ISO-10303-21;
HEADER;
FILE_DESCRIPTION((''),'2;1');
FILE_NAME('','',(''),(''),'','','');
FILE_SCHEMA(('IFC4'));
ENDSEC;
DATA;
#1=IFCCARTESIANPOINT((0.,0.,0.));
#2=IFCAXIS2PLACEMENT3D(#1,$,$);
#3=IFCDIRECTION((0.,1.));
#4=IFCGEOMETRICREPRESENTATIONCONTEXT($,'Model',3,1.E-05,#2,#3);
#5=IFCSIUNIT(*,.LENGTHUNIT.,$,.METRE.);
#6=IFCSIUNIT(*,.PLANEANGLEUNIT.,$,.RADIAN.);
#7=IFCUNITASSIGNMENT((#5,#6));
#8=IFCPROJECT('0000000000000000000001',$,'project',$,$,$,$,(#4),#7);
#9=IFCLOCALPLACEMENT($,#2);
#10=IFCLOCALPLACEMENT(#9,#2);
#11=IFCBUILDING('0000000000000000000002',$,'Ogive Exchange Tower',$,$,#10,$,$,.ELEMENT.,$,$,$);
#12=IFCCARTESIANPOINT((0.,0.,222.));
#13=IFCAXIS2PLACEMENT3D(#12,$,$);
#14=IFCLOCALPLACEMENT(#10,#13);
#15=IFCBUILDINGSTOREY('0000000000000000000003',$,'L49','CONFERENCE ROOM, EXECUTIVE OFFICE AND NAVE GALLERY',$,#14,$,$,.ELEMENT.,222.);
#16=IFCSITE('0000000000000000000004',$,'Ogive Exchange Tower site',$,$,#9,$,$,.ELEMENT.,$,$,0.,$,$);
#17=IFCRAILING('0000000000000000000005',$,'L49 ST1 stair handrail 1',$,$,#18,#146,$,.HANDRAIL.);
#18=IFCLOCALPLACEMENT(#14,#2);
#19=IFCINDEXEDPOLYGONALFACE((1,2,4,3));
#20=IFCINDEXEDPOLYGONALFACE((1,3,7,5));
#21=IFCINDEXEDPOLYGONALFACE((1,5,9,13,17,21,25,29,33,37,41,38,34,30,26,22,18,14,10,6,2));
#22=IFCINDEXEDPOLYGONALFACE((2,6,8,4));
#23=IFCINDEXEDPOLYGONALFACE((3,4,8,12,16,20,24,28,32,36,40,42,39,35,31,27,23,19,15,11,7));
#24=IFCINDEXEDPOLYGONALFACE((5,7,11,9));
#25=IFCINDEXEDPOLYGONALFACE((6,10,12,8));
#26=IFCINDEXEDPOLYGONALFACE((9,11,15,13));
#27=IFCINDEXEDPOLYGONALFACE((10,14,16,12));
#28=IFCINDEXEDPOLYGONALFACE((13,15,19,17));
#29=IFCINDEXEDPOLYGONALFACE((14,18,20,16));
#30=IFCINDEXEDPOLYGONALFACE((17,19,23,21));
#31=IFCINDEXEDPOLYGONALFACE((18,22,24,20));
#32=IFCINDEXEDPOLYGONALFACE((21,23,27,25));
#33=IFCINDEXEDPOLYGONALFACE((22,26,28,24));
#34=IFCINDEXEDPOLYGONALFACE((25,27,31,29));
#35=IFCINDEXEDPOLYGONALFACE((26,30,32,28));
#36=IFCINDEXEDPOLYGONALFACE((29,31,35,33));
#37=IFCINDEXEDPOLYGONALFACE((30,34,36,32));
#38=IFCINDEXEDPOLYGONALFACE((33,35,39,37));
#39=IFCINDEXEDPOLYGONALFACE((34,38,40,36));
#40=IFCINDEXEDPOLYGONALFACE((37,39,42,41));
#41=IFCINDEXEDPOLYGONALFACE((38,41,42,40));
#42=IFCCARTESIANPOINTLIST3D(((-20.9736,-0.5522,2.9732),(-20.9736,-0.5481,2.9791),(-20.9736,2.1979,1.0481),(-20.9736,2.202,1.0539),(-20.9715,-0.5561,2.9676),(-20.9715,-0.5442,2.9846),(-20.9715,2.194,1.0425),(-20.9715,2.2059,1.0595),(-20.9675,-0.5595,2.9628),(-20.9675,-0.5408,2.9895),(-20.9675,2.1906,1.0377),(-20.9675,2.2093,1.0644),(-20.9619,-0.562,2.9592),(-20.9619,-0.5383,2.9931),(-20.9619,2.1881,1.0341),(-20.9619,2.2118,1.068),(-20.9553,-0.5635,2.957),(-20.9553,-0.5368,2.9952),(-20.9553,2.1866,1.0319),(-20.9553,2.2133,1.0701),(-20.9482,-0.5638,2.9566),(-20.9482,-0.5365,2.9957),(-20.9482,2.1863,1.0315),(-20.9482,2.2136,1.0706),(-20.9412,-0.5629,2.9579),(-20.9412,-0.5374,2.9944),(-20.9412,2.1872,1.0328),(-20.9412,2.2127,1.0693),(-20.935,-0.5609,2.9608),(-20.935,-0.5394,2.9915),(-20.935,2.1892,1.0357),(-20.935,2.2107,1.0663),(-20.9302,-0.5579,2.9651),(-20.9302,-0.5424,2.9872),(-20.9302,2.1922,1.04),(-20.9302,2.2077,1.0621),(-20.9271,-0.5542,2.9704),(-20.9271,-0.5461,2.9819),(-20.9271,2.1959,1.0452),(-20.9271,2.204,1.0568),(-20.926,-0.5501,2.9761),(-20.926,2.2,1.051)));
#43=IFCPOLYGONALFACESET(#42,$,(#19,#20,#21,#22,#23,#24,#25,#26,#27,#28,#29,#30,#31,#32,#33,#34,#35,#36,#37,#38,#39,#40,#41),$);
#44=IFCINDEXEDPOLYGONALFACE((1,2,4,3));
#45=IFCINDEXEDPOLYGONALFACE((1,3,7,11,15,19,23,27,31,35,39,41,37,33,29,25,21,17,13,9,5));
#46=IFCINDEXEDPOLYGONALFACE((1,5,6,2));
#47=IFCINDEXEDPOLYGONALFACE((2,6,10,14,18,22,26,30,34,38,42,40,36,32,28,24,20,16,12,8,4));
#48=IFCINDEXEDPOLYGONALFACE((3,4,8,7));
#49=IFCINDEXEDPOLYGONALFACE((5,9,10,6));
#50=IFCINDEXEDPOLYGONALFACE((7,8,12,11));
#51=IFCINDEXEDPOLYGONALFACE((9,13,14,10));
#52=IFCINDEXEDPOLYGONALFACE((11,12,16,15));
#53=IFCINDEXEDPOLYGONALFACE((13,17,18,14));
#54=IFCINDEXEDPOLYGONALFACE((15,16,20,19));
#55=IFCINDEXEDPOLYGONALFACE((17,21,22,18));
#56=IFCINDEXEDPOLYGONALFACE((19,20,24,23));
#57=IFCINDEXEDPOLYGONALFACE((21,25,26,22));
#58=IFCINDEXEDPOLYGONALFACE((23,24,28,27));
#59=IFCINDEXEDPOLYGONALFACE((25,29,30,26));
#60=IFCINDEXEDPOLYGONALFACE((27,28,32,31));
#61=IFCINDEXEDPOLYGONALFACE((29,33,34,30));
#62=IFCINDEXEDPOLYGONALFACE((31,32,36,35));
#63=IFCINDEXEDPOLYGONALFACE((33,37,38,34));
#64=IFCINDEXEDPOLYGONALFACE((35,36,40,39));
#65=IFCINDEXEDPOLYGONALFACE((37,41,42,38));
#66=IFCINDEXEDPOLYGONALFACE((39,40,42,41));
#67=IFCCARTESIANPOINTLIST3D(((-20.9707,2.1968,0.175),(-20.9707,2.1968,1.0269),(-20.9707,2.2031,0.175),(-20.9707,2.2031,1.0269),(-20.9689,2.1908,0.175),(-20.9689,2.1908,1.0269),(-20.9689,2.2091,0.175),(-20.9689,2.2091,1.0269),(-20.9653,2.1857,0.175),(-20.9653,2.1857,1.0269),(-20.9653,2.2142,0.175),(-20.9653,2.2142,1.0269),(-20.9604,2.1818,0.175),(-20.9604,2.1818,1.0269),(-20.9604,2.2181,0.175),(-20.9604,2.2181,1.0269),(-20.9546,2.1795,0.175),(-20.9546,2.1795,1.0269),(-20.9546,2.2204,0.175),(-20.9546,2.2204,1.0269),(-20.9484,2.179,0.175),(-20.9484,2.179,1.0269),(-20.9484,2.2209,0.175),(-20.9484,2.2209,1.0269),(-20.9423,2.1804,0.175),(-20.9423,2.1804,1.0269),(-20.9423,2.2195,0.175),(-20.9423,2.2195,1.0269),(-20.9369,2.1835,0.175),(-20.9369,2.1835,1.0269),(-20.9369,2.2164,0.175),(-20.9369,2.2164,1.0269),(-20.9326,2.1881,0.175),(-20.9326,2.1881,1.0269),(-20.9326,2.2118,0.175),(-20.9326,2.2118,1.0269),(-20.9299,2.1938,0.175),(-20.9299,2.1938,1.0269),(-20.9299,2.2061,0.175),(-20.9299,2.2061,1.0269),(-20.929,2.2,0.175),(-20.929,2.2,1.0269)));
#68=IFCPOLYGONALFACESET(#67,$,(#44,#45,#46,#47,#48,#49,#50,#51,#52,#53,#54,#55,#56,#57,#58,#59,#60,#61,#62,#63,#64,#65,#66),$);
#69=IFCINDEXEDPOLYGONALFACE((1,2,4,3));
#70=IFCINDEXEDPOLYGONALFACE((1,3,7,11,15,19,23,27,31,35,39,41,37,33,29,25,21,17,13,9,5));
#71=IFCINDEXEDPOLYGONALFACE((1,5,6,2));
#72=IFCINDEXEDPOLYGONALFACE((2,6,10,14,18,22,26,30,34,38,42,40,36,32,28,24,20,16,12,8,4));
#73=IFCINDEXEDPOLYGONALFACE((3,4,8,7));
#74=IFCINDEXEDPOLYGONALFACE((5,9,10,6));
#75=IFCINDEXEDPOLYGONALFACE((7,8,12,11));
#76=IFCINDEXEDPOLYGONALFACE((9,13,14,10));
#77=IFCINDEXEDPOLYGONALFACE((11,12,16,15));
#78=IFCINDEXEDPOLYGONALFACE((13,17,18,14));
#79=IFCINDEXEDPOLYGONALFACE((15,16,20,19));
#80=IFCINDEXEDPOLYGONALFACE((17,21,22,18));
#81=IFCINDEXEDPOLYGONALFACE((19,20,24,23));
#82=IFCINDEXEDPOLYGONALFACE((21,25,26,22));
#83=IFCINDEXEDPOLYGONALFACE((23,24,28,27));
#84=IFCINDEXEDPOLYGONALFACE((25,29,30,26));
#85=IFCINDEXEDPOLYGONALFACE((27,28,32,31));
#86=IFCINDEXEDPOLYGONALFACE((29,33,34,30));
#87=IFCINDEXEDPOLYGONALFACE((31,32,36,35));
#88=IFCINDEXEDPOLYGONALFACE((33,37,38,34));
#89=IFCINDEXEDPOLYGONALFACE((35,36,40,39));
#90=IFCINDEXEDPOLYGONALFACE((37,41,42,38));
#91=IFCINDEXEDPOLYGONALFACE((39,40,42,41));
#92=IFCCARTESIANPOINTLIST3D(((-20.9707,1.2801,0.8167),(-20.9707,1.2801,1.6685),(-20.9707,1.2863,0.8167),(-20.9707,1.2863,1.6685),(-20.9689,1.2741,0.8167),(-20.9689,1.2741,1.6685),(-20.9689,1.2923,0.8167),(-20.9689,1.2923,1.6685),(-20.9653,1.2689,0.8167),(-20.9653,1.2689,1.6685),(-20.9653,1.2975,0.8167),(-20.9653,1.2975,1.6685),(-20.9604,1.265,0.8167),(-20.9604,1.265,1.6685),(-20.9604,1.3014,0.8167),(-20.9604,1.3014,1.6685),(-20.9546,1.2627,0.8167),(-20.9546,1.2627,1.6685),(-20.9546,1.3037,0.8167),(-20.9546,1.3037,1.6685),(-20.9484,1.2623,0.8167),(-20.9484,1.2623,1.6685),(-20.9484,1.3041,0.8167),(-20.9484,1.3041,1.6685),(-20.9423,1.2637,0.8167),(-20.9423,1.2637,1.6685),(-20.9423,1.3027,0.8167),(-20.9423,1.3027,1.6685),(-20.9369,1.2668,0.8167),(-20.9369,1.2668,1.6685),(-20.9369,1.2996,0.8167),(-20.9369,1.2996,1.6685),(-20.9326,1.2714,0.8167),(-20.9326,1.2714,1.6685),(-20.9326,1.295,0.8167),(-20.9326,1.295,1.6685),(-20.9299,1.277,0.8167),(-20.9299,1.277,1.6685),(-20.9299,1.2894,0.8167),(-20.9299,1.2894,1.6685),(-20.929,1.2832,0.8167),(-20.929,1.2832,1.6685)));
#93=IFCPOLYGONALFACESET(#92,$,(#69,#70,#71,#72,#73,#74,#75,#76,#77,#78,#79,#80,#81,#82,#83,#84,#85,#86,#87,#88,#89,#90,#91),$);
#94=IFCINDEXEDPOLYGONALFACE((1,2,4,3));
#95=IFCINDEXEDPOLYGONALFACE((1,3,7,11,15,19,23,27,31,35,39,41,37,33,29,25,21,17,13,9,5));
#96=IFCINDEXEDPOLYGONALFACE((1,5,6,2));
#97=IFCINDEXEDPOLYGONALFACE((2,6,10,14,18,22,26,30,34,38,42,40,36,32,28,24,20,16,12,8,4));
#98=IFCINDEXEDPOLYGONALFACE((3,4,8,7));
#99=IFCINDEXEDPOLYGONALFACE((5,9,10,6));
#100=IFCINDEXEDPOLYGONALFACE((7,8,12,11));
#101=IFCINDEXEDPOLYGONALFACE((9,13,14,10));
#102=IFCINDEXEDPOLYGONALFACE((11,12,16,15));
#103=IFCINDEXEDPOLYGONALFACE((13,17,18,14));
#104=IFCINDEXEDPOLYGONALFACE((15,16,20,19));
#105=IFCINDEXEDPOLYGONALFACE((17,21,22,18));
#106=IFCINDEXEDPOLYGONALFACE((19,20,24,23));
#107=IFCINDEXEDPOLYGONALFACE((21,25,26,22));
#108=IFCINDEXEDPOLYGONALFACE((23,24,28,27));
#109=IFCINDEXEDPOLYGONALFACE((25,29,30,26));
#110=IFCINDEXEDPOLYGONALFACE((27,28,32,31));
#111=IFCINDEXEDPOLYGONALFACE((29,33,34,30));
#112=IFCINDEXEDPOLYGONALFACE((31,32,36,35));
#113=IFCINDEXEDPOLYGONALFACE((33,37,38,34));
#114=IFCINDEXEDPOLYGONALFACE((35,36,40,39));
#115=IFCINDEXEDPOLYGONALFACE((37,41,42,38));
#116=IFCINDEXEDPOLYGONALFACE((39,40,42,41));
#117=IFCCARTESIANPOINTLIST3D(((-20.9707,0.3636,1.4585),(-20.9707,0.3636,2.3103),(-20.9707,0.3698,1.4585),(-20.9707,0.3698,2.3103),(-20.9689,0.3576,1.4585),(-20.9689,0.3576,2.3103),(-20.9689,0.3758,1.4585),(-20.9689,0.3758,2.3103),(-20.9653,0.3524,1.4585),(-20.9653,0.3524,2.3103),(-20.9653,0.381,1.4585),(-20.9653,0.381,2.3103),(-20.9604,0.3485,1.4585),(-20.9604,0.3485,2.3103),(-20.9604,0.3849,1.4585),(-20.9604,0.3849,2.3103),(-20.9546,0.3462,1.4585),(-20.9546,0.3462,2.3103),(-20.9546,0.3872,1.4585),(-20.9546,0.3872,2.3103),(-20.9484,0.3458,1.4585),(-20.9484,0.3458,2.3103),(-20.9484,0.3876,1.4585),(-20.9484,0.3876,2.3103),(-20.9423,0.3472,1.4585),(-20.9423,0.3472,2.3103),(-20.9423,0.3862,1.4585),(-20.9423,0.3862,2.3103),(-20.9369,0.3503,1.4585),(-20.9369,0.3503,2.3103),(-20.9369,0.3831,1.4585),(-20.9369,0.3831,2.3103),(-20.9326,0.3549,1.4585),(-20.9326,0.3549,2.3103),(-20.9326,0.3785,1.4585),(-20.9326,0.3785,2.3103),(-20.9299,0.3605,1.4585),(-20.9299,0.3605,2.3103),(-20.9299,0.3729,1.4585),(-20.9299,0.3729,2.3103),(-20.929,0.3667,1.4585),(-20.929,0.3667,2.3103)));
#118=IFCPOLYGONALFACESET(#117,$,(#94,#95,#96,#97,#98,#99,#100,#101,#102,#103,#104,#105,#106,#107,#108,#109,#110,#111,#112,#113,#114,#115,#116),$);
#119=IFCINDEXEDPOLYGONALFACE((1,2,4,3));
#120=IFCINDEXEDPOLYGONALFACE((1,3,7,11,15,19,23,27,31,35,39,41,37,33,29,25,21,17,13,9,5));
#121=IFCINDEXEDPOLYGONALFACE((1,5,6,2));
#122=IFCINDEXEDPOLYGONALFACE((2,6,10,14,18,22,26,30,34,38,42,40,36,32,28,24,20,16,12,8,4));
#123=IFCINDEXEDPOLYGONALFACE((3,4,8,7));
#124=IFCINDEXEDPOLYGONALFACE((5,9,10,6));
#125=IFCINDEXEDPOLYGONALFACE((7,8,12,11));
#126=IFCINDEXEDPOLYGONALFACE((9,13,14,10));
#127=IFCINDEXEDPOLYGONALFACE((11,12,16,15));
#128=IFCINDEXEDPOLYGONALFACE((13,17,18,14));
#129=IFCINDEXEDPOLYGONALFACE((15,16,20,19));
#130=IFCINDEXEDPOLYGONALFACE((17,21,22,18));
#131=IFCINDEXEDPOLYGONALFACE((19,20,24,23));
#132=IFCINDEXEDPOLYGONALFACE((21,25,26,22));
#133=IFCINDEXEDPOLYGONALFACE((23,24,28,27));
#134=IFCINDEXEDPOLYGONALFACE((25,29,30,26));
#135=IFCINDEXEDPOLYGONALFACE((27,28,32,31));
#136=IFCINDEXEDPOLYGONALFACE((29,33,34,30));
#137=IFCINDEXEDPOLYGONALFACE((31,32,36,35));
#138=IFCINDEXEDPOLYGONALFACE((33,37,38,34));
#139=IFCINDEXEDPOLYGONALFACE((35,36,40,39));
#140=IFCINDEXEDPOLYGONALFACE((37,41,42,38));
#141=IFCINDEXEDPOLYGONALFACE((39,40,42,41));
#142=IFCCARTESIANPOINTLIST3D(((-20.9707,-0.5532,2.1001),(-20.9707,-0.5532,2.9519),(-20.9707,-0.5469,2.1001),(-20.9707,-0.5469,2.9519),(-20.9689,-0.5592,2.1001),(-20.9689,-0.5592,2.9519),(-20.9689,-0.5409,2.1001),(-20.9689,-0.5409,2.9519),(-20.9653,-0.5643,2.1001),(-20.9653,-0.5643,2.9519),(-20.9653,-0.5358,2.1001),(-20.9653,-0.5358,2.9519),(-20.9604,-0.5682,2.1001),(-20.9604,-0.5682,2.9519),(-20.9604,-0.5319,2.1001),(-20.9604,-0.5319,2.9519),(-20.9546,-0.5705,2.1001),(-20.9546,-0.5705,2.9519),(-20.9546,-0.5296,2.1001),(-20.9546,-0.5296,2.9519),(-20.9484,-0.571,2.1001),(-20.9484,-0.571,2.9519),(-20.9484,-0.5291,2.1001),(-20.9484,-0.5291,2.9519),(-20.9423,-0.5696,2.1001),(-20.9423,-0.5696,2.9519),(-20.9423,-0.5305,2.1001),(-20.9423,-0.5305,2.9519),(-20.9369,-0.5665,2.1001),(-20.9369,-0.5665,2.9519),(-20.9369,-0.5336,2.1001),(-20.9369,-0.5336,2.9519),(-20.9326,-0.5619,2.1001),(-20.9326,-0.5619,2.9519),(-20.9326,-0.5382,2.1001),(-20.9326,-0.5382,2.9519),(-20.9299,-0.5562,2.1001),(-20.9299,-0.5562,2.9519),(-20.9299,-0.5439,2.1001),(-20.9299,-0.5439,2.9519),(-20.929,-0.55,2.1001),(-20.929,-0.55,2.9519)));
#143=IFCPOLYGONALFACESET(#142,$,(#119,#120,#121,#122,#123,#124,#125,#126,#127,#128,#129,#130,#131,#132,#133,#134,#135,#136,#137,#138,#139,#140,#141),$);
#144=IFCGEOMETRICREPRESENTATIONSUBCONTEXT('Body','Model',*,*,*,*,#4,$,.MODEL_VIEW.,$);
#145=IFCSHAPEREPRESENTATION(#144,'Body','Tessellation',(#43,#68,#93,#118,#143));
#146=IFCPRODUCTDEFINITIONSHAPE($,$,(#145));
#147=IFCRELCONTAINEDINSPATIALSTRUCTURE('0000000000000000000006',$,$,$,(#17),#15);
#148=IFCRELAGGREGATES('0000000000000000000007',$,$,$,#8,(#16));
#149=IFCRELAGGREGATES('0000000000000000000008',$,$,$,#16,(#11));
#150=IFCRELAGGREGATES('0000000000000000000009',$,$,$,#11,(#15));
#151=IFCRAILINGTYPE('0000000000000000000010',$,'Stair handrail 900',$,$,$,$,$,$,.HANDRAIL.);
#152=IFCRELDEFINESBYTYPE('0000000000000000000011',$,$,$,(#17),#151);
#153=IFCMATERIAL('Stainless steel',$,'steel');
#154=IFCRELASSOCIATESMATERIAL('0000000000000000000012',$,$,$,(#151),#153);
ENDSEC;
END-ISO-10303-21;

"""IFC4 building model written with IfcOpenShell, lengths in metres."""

from ifc_helpers import new_model, si_unit, direction, frame, origin, origin_2d, place, context, subcontext, project, spatial, circle, extrude, material, type_object, element, save


model = new_model("IFC4")

# Units and contexts
model_context = context("Model", 3, precision=1e-05, world=origin(), true_north=direction((0.0, 1.0)))
body_context = subcontext(model_context, "Body", "Model", "MODEL_VIEW")
ifc_project = project(units=[si_unit("LENGTHUNIT", "METRE"), si_unit("PLANEANGLEUNIT", "RADIAN")], contexts=[model_context])

# Site, building, storey
site_placement = place(None, origin())
site = spatial("IfcSite", under=ifc_project, at=site_placement, Name="Ogive Exchange Tower site", CompositionType="ELEMENT", RefElevation=0.0)
building_placement = place(site_placement, origin())
building = spatial("IfcBuilding", under=site, at=building_placement, Name="Ogive Exchange Tower", CompositionType="ELEMENT")
storey_placement = place(building_placement, frame((0.0, 0.0, 222.0)))
storey = spatial("IfcBuildingStorey", under=building, at=storey_placement, Name="L49", Description="CONFERENCE ROOM, EXECUTIVE OFFICE AND NAVE GALLERY", CompositionType="ELEMENT", Elevation=222.0)

# Shared definitions
ifc_material_1 = material(Name="Stainless steel", Category="steel")

# Railing
railing_type = type_object("IfcRailingType", Name="Stair handrail 900", PredefinedType="HANDRAIL", material=ifc_material_1)
railing_1_placement = place(storey_placement, frame((-20.95, 2.2, 0.175)))
element("IfcRailing", 1, at=railing_1_placement, inside=storey, type_object=railing_type, Name="L49 ST1 stair handrail 1", PredefinedType="HANDRAIL", context=body_context, shape_type="SweptSolid", body=[
    extrude(circle(Radius=0.0239, at=origin_2d()), frame((0.0, 0.0, 0.876), z_axis=(0.0, -0.819225, 0.573472), x_axis=(1.0, 0.0, 0.0)), (0.0, 0.0, 1.0), 3.3569),
    extrude(circle(Radius=0.021, at=origin_2d()), origin(), (0.0, 0.0, 1.0), 0.8518),
    extrude(circle(Radius=0.021, at=origin_2d()), frame((0.0, -0.9167, 0.6416)), (0.0, 0.0, 1.0), 0.8518),
    extrude(circle(Radius=0.021, at=origin_2d()), frame((0.0, -1.8333, 1.2834)), (0.0, 0.0, 1.0), 0.8518),
    extrude(circle(Radius=0.021, at=origin_2d()), frame((0.0, -2.75, 1.925)), (0.0, 0.0, 1.0), 0.8518),
])

save(model, "model.ifc")
